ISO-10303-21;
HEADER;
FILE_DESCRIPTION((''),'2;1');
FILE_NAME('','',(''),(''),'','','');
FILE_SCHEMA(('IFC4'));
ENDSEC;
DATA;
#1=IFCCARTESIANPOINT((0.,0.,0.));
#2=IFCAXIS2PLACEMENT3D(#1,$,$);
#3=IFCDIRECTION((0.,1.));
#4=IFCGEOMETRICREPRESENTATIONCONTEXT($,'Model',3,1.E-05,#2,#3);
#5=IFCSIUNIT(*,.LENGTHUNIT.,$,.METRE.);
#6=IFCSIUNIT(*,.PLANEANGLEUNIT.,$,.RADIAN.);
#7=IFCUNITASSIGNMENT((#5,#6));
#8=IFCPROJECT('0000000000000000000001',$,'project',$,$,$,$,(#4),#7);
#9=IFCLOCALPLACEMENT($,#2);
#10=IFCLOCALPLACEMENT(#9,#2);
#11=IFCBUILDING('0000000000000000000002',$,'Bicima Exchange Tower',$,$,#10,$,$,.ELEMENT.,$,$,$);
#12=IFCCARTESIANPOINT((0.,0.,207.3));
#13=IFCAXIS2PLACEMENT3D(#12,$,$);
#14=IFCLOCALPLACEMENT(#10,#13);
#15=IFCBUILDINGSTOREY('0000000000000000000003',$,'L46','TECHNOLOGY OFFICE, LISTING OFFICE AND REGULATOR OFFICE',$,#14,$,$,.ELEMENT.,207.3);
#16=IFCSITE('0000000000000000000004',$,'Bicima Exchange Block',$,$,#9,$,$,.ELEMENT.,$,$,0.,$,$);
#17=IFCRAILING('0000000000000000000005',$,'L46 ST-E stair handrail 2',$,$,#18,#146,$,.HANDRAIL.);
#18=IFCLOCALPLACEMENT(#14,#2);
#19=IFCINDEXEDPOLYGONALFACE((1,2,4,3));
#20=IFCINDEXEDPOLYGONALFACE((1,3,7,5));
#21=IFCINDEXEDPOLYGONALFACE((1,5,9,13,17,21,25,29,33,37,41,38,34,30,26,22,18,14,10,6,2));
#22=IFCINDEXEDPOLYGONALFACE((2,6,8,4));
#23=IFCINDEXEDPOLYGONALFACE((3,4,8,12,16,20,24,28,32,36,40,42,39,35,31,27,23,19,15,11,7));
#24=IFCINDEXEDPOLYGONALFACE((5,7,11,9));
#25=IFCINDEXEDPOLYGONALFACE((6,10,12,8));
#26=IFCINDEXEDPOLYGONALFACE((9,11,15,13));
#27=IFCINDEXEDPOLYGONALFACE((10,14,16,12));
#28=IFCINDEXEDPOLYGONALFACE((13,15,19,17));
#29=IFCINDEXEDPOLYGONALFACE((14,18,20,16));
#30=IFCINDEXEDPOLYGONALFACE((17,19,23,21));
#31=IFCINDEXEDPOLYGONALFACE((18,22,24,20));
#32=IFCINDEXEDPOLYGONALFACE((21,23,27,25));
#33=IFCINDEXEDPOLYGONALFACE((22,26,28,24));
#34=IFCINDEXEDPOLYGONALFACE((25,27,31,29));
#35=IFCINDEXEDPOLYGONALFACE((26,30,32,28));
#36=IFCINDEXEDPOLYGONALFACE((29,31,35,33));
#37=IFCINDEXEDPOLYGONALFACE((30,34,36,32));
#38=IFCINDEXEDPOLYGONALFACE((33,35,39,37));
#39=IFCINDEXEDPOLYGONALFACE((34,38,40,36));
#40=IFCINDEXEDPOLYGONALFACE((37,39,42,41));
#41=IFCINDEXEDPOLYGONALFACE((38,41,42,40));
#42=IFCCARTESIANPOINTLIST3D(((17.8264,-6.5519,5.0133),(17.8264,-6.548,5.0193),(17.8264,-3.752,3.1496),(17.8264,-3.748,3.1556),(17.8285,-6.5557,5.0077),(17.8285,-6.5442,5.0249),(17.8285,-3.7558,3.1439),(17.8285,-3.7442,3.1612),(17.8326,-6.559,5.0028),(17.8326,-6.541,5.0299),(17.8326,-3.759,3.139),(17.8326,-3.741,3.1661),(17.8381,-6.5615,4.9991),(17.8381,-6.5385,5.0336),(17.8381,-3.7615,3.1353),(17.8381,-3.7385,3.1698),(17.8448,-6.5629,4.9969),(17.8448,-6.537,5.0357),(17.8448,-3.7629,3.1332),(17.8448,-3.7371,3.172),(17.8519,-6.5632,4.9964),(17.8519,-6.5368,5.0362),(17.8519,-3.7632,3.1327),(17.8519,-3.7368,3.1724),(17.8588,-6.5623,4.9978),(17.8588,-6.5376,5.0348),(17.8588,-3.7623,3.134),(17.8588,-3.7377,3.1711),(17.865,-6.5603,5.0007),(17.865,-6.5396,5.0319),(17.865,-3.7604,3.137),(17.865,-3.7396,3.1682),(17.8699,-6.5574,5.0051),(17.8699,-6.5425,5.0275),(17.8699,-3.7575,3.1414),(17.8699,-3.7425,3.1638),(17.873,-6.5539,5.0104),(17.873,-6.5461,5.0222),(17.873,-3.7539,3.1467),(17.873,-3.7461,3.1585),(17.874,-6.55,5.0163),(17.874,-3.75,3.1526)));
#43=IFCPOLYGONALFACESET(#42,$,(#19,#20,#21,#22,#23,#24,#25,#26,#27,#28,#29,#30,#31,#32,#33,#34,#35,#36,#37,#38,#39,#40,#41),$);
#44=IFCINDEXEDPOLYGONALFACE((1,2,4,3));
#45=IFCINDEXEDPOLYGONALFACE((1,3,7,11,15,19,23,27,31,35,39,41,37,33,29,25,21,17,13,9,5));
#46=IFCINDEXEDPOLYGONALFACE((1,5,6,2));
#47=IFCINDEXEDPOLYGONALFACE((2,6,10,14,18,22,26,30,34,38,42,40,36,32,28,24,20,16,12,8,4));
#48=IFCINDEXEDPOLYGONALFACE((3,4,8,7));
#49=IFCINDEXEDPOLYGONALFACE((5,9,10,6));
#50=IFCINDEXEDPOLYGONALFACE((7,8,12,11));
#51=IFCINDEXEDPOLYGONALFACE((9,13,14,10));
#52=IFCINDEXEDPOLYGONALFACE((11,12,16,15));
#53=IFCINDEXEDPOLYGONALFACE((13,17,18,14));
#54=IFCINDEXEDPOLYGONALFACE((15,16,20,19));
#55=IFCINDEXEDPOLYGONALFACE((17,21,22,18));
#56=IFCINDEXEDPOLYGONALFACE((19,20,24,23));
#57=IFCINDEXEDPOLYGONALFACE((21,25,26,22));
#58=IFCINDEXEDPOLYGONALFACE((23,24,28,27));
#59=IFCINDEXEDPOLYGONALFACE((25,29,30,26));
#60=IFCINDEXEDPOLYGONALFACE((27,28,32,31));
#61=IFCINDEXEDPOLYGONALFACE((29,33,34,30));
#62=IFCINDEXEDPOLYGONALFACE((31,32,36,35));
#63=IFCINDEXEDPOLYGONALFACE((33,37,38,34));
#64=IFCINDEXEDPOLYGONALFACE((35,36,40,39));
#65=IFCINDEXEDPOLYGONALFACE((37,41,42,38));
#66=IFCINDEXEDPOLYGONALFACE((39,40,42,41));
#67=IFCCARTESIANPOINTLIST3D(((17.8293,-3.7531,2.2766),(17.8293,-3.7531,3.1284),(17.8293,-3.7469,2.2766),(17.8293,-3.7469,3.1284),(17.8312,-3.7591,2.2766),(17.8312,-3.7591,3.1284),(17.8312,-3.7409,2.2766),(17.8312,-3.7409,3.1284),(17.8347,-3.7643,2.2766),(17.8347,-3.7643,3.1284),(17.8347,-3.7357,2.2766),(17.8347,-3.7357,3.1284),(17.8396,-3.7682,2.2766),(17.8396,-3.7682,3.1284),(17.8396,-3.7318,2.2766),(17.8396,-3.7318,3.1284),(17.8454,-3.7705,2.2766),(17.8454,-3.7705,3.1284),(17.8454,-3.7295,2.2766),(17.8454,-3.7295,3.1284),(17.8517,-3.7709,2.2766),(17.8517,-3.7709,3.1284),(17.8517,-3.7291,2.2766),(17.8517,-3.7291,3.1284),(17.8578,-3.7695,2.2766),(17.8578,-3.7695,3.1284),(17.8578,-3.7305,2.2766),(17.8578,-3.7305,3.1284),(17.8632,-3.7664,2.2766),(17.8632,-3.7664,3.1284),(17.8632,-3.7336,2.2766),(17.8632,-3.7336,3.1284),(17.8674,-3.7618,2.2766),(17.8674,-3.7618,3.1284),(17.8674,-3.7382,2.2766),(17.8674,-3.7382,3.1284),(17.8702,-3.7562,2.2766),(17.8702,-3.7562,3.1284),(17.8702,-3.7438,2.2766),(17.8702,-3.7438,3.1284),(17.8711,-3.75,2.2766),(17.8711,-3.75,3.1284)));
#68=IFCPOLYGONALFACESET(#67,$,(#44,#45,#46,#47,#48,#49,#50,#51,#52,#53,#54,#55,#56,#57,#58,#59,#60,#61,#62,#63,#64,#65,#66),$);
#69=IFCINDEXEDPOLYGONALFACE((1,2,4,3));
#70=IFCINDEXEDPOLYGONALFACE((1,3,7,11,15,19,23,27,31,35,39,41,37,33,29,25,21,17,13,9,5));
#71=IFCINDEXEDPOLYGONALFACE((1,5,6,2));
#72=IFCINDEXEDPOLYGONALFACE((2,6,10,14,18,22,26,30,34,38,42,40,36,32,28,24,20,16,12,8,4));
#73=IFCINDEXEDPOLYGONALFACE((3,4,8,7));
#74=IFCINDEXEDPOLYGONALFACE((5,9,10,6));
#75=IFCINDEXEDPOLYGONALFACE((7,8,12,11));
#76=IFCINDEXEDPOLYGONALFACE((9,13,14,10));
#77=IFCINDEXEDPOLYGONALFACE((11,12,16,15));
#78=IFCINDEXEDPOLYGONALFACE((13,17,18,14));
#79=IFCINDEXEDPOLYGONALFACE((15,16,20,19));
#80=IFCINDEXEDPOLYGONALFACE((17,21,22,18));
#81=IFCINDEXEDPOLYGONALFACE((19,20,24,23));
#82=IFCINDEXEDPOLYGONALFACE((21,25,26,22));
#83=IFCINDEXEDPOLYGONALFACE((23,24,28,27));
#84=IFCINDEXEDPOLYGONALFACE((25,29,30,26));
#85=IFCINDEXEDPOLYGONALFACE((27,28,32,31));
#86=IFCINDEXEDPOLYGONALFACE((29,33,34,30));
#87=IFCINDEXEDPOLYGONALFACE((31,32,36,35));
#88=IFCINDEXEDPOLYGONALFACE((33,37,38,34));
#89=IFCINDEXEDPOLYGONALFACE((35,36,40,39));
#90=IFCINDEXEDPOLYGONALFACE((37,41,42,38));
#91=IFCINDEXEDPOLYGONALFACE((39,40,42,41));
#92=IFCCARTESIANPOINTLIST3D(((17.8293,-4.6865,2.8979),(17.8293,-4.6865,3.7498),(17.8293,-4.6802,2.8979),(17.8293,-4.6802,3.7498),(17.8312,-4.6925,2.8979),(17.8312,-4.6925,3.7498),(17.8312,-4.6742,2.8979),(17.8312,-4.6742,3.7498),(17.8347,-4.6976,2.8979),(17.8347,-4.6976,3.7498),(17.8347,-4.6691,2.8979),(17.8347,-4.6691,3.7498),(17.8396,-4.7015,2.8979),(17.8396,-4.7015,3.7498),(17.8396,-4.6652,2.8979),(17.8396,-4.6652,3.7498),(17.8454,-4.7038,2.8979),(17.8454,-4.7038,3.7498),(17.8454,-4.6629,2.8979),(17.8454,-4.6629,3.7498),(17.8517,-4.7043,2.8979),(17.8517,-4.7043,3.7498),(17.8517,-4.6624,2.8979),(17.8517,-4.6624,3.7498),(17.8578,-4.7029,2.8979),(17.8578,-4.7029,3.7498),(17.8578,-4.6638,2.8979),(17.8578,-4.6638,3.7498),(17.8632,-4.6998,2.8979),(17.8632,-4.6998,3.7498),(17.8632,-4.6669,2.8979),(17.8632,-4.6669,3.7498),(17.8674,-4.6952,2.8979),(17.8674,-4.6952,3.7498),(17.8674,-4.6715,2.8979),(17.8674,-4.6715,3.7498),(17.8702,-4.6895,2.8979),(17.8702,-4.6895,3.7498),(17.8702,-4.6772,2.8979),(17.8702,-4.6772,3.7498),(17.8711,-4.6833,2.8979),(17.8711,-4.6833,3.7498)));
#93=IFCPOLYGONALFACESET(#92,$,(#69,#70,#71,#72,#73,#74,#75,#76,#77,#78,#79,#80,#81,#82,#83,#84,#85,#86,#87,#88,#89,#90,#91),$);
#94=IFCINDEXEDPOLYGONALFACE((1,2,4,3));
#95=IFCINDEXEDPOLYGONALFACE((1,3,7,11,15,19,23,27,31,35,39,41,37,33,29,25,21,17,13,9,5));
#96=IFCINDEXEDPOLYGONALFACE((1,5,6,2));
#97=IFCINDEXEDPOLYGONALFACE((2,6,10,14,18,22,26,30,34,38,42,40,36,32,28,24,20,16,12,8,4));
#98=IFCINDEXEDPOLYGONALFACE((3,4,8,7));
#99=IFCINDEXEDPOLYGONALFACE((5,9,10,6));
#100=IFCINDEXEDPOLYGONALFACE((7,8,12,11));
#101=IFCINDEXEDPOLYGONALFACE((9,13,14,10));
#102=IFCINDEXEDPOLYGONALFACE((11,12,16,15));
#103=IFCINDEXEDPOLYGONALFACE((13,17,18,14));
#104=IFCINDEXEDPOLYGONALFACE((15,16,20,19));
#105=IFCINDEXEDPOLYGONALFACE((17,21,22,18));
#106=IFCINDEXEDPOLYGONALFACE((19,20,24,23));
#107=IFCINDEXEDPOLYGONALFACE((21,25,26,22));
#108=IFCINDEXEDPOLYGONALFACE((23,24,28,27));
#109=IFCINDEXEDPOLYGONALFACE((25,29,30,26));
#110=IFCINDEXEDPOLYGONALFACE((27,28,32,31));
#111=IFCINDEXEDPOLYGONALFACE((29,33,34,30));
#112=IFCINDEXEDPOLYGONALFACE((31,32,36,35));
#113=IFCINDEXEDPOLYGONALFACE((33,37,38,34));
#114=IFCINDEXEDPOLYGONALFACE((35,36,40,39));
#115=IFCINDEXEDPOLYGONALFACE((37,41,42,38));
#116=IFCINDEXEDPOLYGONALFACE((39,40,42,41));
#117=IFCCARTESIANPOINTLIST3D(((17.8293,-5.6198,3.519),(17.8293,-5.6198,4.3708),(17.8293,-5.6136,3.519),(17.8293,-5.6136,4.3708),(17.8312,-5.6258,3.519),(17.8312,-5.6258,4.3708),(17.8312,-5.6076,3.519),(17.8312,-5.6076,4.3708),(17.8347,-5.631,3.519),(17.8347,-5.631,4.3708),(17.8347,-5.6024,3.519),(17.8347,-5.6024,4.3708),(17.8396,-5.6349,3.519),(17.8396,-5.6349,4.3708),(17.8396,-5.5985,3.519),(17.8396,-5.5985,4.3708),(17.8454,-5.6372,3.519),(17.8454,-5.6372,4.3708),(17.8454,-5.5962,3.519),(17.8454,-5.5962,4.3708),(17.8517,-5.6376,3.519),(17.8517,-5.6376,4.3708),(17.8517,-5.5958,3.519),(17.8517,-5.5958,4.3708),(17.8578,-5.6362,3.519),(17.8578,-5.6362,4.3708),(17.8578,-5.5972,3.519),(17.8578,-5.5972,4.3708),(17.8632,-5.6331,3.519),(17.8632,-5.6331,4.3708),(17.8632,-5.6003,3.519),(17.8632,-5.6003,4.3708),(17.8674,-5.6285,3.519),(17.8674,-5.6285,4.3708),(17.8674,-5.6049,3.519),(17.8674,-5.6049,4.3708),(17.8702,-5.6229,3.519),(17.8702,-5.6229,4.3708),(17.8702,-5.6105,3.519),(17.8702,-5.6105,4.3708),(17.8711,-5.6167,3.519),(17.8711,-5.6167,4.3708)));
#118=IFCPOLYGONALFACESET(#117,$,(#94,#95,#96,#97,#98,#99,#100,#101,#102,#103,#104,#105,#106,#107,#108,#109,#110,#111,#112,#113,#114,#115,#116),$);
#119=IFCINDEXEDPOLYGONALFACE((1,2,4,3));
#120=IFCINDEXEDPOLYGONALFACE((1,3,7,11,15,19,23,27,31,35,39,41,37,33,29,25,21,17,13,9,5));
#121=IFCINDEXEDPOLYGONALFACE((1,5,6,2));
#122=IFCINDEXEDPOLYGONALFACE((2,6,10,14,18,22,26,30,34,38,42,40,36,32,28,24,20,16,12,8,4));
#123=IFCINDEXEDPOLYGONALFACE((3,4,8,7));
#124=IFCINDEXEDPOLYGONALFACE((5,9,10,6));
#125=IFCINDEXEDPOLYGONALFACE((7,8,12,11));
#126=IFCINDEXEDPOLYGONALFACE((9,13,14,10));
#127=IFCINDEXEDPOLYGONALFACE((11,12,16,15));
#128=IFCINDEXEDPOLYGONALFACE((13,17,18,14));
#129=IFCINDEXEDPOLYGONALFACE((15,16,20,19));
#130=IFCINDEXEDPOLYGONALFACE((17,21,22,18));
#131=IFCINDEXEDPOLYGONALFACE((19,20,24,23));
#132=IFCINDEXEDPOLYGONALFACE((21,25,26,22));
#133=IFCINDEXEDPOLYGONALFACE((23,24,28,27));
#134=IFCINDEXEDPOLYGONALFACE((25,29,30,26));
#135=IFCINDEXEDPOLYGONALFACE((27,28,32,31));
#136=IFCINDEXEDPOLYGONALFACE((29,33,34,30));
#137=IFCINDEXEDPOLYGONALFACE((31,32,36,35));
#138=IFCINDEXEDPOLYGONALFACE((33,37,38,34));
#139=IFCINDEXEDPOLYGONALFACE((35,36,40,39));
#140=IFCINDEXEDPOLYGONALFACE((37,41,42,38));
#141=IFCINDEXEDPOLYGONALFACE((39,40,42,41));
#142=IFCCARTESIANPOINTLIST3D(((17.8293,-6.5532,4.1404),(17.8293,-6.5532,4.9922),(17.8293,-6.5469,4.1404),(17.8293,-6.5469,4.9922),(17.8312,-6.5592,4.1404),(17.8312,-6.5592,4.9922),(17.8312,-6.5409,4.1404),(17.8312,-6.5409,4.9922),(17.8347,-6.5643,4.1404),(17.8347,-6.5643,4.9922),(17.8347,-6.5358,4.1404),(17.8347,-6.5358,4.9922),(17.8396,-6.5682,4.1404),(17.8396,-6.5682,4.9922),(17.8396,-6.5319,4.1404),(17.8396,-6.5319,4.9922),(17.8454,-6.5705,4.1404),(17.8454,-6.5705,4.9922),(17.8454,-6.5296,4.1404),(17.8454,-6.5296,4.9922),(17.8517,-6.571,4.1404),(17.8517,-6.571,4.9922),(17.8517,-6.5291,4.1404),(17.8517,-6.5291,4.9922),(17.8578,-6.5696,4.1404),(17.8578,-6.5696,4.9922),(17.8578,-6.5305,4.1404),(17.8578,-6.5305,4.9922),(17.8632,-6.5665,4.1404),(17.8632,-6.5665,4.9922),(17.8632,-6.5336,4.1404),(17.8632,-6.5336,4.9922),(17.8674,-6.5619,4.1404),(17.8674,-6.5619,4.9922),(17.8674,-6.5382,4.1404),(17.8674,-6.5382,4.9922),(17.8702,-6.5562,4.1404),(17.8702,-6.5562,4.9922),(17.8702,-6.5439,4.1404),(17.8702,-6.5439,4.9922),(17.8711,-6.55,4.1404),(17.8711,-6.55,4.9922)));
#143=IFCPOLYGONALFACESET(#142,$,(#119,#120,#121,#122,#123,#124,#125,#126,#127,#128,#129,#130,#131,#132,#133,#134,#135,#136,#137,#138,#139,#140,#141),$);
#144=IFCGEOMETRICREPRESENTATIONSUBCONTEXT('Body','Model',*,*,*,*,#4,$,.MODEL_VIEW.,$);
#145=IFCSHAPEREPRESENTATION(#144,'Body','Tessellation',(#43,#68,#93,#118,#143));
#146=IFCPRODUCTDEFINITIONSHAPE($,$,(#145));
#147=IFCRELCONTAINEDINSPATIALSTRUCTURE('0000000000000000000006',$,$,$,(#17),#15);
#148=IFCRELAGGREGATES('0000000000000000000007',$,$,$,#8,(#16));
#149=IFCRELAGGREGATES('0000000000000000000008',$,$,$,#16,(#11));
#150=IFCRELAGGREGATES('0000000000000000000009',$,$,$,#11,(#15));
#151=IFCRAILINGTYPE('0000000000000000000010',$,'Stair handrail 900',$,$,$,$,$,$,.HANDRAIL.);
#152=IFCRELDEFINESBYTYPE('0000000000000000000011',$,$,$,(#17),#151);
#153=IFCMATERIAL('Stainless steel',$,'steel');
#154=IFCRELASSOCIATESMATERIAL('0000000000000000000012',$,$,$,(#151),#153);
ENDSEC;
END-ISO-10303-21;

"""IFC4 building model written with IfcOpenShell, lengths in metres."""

from ifc_helpers import new_model, si_unit, direction, frame, origin, origin_2d, place, context, subcontext, project, spatial, circle, extrude, material, type_object, element, save


model = new_model("IFC4")

# Units and contexts
model_context = context("Model", 3, precision=1e-05, world=origin(), true_north=direction((0.0, 1.0)))
body_context = subcontext(model_context, "Body", "Model", "MODEL_VIEW")
ifc_project = project(units=[si_unit("LENGTHUNIT", "METRE"), si_unit("PLANEANGLEUNIT", "RADIAN")], contexts=[model_context])

# Site, building, storey
site_placement = place(None, origin())
site = spatial("IfcSite", under=ifc_project, at=site_placement, Name="Bicima Exchange Block", CompositionType="ELEMENT", RefElevation=0.0)
building_placement = place(site_placement, origin())
building = spatial("IfcBuilding", under=site, at=building_placement, Name="Bicima Exchange Tower", CompositionType="ELEMENT")
storey_placement = place(building_placement, frame((0.0, 0.0, 207.3)))
storey = spatial("IfcBuildingStorey", under=building, at=storey_placement, Name="L46", Description="TECHNOLOGY OFFICE, LISTING OFFICE AND REGULATOR OFFICE", CompositionType="ELEMENT", Elevation=207.3)

# Railing
ifc_material_1 = material(Name="Stainless steel", Category="steel")
railing_type_1 = type_object("IfcRailingType", Name="Stair handrail 900", PredefinedType="HANDRAIL", material=ifc_material_1)
for number, where, name in (
    (1, (17.8501, -3.75, 2.2766), "L46 ST-E stair handrail 2"),
):
    element("IfcRailing", number, at=place(storey_placement, frame(where)), inside=storey, type_object=railing_type_1, Name=name, PredefinedType="HANDRAIL", context=body_context, shape_type="SweptSolid", body=[
        extrude(circle(Radius=0.0239, at=origin_2d()), frame((0.0, 0.0, 0.876), z_axis=(0.0, -0.832452, 0.554097), x_axis=(1.0, 0.0, 0.0)), (0.0, 0.0, 1.0), 3.3635),
        extrude(circle(Radius=0.021, at=origin_2d()), origin(), (0.0, 0.0, 1.0), 0.8518),
        extrude(circle(Radius=0.021, at=origin_2d()), frame((0.0, -0.9333, 0.6213)), (0.0, 0.0, 1.0), 0.8518),
        extrude(circle(Radius=0.021, at=origin_2d()), frame((0.0, -1.8667, 1.2424)), (0.0, 0.0, 1.0), 0.8518),
        extrude(circle(Radius=0.021, at=origin_2d()), frame((0.0, -2.8, 1.8638)), (0.0, 0.0, 1.0), 0.8518),
    ])

save(model, "model.ifc")
